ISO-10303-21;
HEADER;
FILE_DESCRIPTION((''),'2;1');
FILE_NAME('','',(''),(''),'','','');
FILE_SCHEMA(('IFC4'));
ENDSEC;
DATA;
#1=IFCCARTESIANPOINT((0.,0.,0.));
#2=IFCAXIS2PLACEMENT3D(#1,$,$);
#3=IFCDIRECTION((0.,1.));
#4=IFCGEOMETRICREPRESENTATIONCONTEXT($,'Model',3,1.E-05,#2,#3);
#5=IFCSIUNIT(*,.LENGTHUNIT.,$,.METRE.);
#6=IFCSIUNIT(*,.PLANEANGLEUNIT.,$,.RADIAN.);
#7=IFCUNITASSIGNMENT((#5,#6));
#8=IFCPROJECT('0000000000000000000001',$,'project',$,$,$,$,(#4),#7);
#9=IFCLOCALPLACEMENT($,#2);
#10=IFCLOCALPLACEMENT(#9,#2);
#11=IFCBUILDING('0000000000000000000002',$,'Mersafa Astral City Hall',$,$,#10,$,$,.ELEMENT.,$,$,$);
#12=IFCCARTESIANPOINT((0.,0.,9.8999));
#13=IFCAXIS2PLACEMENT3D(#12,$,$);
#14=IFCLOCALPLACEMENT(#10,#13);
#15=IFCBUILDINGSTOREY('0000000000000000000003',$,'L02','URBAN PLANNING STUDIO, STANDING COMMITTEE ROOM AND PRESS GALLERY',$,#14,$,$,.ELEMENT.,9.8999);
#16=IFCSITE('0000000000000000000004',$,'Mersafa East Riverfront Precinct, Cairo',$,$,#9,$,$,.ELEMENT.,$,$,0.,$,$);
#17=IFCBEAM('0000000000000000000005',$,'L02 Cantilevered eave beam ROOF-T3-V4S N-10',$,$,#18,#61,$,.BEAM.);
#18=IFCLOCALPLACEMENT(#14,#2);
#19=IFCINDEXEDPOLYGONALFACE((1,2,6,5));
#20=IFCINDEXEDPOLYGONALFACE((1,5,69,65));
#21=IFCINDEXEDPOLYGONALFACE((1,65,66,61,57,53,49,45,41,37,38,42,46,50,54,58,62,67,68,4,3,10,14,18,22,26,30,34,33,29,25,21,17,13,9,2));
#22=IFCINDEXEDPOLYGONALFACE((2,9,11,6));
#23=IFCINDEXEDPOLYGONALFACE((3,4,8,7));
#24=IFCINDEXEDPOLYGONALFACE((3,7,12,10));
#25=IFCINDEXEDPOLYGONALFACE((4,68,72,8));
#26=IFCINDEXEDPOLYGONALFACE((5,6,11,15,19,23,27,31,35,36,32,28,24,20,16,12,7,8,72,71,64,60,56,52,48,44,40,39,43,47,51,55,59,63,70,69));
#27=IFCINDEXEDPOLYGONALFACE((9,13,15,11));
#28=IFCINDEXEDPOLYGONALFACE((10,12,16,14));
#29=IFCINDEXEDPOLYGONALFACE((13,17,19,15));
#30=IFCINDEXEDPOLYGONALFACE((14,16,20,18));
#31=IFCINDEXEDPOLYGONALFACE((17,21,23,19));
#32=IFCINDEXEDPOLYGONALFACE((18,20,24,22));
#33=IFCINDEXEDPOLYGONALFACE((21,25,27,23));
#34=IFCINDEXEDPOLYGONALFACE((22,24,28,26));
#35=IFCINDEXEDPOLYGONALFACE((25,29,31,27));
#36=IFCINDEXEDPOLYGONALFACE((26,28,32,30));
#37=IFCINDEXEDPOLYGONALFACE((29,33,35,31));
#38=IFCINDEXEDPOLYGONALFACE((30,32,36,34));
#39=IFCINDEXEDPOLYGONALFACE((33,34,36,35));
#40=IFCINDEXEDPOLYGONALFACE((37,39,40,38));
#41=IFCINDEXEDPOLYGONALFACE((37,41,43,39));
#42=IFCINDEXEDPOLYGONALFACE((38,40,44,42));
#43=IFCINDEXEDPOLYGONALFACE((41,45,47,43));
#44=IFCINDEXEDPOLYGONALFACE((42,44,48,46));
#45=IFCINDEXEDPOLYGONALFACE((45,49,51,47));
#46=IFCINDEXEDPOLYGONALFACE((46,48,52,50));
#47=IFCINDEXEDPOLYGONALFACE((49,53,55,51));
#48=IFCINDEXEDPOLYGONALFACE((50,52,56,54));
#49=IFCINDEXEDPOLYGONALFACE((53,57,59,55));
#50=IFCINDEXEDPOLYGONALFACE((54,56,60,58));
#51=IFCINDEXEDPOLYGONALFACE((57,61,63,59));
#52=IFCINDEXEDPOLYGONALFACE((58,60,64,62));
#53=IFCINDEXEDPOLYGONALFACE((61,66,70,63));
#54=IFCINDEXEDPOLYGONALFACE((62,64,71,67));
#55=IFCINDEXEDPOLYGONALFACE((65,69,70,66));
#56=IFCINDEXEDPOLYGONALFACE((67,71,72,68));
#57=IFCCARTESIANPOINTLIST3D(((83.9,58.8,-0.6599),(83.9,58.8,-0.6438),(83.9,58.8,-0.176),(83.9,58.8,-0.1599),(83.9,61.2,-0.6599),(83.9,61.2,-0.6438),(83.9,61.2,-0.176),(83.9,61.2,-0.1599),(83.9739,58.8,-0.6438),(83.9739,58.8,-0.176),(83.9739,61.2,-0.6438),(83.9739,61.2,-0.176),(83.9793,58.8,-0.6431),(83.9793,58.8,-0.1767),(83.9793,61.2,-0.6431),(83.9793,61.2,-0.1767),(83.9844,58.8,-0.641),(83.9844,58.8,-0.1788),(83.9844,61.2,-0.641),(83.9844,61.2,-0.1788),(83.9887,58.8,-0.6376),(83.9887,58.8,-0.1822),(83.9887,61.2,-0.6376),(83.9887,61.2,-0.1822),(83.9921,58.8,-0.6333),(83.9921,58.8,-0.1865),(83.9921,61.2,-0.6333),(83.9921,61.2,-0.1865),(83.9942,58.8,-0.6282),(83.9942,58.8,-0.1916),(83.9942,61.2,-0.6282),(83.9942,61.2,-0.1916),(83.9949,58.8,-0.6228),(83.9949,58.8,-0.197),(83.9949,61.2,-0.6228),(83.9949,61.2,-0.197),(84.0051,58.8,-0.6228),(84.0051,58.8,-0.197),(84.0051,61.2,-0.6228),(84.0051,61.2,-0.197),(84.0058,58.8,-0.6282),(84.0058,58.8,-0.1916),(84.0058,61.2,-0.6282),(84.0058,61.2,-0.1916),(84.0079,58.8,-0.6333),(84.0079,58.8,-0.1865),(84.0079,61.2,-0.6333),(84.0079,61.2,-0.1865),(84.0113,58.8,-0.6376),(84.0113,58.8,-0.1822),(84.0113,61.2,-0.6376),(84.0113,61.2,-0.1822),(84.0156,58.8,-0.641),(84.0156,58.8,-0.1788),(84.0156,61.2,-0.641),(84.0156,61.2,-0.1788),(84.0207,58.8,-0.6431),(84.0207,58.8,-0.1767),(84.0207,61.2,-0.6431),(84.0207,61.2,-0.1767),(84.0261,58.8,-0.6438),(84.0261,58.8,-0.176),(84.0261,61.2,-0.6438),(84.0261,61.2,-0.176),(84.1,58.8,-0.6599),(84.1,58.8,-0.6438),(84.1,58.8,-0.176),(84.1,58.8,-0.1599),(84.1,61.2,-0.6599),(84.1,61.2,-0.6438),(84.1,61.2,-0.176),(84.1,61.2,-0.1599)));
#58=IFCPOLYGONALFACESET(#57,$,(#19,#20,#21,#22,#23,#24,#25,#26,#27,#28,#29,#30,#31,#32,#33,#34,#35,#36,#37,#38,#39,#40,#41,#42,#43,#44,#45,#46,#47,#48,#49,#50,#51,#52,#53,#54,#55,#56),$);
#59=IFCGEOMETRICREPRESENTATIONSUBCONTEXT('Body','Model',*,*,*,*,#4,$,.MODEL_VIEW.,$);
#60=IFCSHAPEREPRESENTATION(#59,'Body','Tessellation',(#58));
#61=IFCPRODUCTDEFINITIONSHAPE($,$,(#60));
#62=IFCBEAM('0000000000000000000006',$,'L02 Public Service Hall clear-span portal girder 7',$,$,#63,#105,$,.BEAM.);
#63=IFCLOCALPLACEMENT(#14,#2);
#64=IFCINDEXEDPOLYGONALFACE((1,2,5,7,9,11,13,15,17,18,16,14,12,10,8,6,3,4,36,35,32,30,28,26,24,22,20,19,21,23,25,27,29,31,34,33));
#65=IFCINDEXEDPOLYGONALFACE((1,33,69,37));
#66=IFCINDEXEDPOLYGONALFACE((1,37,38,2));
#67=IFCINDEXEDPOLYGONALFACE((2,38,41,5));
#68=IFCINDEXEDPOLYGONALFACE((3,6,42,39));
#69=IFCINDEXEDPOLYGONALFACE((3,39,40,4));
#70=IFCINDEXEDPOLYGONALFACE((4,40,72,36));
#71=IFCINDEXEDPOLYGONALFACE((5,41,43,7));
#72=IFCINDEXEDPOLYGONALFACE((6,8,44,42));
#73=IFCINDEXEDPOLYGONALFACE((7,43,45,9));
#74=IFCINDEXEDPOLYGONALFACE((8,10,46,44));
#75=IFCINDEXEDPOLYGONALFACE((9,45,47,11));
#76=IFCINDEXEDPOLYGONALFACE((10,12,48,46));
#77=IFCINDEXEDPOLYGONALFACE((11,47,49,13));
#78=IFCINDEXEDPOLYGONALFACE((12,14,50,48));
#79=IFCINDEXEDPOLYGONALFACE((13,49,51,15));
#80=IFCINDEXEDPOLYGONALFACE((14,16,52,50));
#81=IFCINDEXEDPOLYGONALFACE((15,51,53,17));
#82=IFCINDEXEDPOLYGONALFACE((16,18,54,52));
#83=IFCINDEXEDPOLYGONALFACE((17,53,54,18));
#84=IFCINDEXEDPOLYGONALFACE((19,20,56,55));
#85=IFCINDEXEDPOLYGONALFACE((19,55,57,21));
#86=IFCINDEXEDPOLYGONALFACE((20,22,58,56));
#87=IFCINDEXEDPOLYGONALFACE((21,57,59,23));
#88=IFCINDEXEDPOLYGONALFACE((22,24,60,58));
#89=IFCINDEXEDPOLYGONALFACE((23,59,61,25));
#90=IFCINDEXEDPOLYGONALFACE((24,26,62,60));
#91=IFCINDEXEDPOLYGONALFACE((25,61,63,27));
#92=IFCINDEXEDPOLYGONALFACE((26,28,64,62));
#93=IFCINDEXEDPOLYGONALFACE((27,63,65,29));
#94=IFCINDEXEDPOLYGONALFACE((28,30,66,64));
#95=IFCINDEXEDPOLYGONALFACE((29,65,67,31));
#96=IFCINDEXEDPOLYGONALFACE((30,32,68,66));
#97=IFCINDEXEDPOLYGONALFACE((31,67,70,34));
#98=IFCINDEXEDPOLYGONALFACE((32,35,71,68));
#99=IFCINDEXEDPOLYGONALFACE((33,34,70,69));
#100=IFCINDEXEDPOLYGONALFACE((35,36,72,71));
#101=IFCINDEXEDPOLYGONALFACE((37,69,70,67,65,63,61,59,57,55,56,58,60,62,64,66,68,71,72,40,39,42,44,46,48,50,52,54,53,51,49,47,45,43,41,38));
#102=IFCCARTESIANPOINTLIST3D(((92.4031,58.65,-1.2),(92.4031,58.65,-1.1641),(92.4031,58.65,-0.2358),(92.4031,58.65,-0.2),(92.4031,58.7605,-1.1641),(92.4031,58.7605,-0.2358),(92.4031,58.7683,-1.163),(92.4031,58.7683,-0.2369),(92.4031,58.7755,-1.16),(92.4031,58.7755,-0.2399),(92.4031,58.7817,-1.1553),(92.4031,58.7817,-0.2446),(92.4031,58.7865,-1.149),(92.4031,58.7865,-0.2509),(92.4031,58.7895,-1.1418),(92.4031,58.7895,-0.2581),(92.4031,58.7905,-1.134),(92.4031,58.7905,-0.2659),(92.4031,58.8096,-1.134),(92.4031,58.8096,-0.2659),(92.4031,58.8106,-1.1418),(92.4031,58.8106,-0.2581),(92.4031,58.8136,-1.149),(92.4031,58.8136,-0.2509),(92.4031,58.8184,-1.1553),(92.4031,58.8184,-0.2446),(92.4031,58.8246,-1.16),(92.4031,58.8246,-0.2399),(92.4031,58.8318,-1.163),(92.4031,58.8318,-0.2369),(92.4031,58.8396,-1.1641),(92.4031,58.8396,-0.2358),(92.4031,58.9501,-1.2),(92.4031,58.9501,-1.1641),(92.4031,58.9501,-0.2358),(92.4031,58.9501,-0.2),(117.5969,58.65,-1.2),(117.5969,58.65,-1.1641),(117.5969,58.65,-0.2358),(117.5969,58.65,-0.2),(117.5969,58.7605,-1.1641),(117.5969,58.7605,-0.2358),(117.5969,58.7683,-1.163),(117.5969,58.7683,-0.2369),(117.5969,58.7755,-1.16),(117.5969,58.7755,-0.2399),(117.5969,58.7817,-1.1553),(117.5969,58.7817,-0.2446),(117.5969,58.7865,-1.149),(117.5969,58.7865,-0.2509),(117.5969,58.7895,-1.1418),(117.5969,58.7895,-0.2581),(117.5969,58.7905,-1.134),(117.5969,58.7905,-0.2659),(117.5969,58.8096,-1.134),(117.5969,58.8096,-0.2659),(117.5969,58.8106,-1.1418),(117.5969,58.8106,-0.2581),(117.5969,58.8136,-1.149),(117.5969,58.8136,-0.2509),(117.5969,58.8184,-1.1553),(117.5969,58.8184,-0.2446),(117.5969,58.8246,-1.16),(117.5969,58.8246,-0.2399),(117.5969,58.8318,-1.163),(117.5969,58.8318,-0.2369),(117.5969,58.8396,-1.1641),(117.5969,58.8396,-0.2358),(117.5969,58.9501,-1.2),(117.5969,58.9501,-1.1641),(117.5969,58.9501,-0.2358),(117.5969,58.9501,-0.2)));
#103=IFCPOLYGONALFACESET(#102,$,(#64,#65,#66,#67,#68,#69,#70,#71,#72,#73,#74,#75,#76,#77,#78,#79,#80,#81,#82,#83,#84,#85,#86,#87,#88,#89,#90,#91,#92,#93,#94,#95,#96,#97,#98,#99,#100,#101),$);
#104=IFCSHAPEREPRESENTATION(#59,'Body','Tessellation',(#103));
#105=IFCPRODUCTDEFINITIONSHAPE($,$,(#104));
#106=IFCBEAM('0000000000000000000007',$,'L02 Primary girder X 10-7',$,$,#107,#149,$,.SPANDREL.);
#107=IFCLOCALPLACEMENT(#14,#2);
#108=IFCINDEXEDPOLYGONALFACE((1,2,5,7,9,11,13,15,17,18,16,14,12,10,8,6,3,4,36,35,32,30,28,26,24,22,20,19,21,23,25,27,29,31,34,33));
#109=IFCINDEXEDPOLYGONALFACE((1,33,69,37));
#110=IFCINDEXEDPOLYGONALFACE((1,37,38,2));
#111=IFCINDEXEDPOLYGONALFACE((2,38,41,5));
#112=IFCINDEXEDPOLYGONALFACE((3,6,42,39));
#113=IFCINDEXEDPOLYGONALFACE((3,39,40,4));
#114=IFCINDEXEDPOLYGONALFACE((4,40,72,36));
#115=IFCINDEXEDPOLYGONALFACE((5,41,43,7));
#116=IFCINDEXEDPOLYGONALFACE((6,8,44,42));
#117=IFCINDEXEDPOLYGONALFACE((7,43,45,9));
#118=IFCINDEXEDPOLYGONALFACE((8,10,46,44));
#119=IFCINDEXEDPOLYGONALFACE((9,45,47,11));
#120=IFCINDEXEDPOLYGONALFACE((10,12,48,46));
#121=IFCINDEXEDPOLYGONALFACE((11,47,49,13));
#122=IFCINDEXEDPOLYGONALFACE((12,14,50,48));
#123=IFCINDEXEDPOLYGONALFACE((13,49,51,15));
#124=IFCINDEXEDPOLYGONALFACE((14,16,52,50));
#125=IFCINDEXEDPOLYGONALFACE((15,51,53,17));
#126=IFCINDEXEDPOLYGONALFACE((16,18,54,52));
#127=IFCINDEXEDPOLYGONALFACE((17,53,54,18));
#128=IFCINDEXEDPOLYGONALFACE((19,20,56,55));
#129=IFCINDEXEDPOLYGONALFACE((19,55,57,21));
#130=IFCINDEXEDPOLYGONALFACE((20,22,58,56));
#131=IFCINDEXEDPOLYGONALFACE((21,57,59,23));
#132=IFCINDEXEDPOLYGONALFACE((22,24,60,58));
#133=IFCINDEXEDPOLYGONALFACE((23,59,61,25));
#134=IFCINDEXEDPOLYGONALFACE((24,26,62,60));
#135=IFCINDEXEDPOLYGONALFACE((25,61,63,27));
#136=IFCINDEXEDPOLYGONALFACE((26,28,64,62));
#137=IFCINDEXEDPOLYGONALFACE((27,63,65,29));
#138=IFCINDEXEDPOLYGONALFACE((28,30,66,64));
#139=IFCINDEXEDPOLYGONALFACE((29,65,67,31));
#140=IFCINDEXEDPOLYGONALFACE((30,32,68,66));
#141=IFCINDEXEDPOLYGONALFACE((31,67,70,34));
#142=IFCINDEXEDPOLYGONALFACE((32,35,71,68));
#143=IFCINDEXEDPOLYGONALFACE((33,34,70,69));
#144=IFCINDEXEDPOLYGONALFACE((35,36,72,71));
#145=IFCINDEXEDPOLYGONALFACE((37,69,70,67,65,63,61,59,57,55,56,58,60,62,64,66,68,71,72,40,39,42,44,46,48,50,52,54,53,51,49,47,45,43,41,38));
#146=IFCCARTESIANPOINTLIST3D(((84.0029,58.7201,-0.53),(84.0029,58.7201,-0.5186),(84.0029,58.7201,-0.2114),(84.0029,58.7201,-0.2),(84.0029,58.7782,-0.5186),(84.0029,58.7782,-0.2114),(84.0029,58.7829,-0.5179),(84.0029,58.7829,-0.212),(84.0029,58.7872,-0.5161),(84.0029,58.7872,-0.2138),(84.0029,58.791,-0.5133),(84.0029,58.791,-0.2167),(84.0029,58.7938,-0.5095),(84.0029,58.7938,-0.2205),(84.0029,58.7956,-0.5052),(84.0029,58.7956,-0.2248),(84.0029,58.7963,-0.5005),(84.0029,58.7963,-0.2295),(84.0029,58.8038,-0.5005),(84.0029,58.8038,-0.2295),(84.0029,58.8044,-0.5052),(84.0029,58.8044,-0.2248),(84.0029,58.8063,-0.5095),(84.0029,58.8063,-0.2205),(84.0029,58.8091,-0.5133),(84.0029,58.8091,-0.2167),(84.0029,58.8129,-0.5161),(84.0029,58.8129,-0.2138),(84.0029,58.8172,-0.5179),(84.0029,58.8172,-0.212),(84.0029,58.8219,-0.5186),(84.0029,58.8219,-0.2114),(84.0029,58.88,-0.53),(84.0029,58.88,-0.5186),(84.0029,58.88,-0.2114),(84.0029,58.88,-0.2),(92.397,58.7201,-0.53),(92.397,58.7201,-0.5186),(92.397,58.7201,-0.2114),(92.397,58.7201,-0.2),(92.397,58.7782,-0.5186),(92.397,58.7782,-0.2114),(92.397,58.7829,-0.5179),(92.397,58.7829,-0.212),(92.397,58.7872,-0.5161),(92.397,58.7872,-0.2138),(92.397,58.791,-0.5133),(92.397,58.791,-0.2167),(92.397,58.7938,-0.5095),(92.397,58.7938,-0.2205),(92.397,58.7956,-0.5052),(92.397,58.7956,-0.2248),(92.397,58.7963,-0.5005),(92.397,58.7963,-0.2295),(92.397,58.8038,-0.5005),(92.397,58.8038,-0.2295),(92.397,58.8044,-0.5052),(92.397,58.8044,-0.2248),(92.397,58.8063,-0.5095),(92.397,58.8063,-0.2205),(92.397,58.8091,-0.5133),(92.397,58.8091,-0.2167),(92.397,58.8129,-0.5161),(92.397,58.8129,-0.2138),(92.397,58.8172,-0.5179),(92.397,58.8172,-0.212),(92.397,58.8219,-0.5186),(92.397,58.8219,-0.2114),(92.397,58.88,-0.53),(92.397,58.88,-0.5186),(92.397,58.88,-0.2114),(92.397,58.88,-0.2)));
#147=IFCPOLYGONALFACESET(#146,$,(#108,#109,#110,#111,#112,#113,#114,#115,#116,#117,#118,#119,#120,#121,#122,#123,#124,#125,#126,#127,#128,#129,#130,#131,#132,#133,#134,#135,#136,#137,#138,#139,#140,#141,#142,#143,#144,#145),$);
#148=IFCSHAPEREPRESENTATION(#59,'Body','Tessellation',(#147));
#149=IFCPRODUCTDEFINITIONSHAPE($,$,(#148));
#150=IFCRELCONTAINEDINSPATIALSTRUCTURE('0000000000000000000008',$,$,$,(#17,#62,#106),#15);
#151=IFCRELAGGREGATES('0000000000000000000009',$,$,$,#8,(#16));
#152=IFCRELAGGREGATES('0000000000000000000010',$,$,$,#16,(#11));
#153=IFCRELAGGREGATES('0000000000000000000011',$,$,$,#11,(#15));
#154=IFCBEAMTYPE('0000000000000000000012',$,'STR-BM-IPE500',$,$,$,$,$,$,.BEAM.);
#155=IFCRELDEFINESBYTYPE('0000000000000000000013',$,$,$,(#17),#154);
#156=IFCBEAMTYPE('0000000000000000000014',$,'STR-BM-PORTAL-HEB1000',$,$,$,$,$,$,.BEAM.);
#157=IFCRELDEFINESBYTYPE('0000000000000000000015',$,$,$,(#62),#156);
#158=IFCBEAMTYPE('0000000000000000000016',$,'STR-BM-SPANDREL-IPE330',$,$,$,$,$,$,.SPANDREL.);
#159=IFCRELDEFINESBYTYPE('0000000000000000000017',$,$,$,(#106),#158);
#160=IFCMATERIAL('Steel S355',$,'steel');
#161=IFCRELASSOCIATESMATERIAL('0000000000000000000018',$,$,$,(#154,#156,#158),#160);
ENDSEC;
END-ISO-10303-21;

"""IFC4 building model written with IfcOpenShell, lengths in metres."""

from ifc_helpers import new_model, si_unit, direction, frame, origin, origin_2d, place, context, subcontext, project, spatial, i_section, extrude, material, material_profile, profile_set, type_object, element, save


model = new_model("IFC4")

# Units and contexts
model_context = context("Model", 3, precision=1e-05, world=origin(), true_north=direction((0.0, 1.0)))
body_context = subcontext(model_context, "Body", "Model", "MODEL_VIEW")
ifc_project = project(units=[si_unit("LENGTHUNIT", "METRE"), si_unit("PLANEANGLEUNIT", "RADIAN")], contexts=[model_context])

# Site, building, storey
site_placement = place(None, origin())
site = spatial("IfcSite", under=ifc_project, at=site_placement, Name="Mersafa East Riverfront Precinct, Cairo", CompositionType="ELEMENT", RefElevation=0.0)
building_placement = place(site_placement, origin())
building = spatial("IfcBuilding", under=site, at=building_placement, Name="Mersafa Astral City Hall", CompositionType="ELEMENT")
storey_placement = place(building_placement, frame((0.0, 0.0, 9.8999)))
storey = spatial("IfcBuildingStorey", under=building, at=storey_placement, Name="L02", Description="URBAN PLANNING STUDIO, STANDING COMMITTEE ROOM AND PRESS GALLERY", CompositionType="ELEMENT", Elevation=9.8999)

# Shared definitions
ifc_material_1 = material(Name="Steel S355", Category="steel")

# Beams
ifc_material_profile_1 = material_profile(ifc_material_1, i_section(OverallWidth=0.2, OverallDepth=0.5, WebThickness=0.0103, FlangeThickness=0.0161, FilletRadius=0.021, at=origin_2d()), Name="IPE 500")
ifc_profile_set_1 = profile_set([ifc_material_profile_1], Name="Steel S355")
beam_type_1 = type_object("IfcBeamType", Name="STR-BM-IPE500", PredefinedType="BEAM", material=ifc_profile_set_1)
beam_1_placement = place(storey_placement, frame((84.0, 58.8, -0.4099), z_axis=(0.0, 1.0, 0.0), x_axis=(-1.0, 0.0, 0.0)))
element("IfcBeam", 1, at=beam_1_placement, inside=storey, type_object=beam_type_1, Name="L02 Cantilevered eave beam ROOF-T3-V4S N-10", PredefinedType="BEAM", context=body_context, shape_type="SweptSolid", body=[
    extrude(i_section(OverallWidth=0.2, OverallDepth=0.5, WebThickness=0.0103, FlangeThickness=0.0161, FilletRadius=0.021, at=origin_2d()), origin(), (0.0, 0.0, 1.0), 2.3999),
])
ifc_material_profile_2 = material_profile(ifc_material_1, i_section(OverallWidth=0.3, OverallDepth=1.0, WebThickness=0.019, FlangeThickness=0.0359, FilletRadius=0.03, at=origin_2d()), Name="HEB 1000")
ifc_profile_set_2 = profile_set([ifc_material_profile_2], Name="Steel S355")
beam_type_2 = type_object("IfcBeamType", Name="STR-BM-PORTAL-HEB1000", PredefinedType="BEAM", material=ifc_profile_set_2)
beam_2_placement = place(storey_placement, frame((92.4031, 58.8, -0.7), z_axis=(1.0, 0.0, 0.0), x_axis=(0.0, 1.0, 0.0)))
element("IfcBeam", 2, at=beam_2_placement, inside=storey, type_object=beam_type_2, Name="L02 Public Service Hall clear-span portal girder 7", PredefinedType="BEAM", context=body_context, shape_type="SweptSolid", body=[
    extrude(i_section(OverallWidth=0.3, OverallDepth=1.0, WebThickness=0.019, FlangeThickness=0.0359, FilletRadius=0.03, at=origin_2d()), origin(), (0.0, 0.0, 1.0), 25.1938),
])
ifc_material_profile_3 = material_profile(ifc_material_1, i_section(OverallWidth=0.1599, OverallDepth=0.3301, WebThickness=0.0076, FlangeThickness=0.0115, FilletRadius=0.0181, at=origin_2d()), Name="IPE 330")
ifc_profile_set_3 = profile_set([ifc_material_profile_3], Name="Steel S355")
beam_type_3 = type_object("IfcBeamType", Name="STR-BM-SPANDREL-IPE330", PredefinedType="SPANDREL", material=ifc_profile_set_3)
beam_3_placement = place(storey_placement, frame((84.0029, 58.8, -0.365), z_axis=(1.0, 0.0, 0.0), x_axis=(0.0, 1.0, 0.0)))
element("IfcBeam", 3, at=beam_3_placement, inside=storey, type_object=beam_type_3, Name="L02 Primary girder X 10-7", PredefinedType="SPANDREL", context=body_context, shape_type="SweptSolid", body=[
    extrude(i_section(OverallWidth=0.1599, OverallDepth=0.3301, WebThickness=0.0076, FlangeThickness=0.0115, FilletRadius=0.0181, at=origin_2d()), origin(), (0.0, 0.0, 1.0), 8.394),
])

save(model, "model.ifc")
